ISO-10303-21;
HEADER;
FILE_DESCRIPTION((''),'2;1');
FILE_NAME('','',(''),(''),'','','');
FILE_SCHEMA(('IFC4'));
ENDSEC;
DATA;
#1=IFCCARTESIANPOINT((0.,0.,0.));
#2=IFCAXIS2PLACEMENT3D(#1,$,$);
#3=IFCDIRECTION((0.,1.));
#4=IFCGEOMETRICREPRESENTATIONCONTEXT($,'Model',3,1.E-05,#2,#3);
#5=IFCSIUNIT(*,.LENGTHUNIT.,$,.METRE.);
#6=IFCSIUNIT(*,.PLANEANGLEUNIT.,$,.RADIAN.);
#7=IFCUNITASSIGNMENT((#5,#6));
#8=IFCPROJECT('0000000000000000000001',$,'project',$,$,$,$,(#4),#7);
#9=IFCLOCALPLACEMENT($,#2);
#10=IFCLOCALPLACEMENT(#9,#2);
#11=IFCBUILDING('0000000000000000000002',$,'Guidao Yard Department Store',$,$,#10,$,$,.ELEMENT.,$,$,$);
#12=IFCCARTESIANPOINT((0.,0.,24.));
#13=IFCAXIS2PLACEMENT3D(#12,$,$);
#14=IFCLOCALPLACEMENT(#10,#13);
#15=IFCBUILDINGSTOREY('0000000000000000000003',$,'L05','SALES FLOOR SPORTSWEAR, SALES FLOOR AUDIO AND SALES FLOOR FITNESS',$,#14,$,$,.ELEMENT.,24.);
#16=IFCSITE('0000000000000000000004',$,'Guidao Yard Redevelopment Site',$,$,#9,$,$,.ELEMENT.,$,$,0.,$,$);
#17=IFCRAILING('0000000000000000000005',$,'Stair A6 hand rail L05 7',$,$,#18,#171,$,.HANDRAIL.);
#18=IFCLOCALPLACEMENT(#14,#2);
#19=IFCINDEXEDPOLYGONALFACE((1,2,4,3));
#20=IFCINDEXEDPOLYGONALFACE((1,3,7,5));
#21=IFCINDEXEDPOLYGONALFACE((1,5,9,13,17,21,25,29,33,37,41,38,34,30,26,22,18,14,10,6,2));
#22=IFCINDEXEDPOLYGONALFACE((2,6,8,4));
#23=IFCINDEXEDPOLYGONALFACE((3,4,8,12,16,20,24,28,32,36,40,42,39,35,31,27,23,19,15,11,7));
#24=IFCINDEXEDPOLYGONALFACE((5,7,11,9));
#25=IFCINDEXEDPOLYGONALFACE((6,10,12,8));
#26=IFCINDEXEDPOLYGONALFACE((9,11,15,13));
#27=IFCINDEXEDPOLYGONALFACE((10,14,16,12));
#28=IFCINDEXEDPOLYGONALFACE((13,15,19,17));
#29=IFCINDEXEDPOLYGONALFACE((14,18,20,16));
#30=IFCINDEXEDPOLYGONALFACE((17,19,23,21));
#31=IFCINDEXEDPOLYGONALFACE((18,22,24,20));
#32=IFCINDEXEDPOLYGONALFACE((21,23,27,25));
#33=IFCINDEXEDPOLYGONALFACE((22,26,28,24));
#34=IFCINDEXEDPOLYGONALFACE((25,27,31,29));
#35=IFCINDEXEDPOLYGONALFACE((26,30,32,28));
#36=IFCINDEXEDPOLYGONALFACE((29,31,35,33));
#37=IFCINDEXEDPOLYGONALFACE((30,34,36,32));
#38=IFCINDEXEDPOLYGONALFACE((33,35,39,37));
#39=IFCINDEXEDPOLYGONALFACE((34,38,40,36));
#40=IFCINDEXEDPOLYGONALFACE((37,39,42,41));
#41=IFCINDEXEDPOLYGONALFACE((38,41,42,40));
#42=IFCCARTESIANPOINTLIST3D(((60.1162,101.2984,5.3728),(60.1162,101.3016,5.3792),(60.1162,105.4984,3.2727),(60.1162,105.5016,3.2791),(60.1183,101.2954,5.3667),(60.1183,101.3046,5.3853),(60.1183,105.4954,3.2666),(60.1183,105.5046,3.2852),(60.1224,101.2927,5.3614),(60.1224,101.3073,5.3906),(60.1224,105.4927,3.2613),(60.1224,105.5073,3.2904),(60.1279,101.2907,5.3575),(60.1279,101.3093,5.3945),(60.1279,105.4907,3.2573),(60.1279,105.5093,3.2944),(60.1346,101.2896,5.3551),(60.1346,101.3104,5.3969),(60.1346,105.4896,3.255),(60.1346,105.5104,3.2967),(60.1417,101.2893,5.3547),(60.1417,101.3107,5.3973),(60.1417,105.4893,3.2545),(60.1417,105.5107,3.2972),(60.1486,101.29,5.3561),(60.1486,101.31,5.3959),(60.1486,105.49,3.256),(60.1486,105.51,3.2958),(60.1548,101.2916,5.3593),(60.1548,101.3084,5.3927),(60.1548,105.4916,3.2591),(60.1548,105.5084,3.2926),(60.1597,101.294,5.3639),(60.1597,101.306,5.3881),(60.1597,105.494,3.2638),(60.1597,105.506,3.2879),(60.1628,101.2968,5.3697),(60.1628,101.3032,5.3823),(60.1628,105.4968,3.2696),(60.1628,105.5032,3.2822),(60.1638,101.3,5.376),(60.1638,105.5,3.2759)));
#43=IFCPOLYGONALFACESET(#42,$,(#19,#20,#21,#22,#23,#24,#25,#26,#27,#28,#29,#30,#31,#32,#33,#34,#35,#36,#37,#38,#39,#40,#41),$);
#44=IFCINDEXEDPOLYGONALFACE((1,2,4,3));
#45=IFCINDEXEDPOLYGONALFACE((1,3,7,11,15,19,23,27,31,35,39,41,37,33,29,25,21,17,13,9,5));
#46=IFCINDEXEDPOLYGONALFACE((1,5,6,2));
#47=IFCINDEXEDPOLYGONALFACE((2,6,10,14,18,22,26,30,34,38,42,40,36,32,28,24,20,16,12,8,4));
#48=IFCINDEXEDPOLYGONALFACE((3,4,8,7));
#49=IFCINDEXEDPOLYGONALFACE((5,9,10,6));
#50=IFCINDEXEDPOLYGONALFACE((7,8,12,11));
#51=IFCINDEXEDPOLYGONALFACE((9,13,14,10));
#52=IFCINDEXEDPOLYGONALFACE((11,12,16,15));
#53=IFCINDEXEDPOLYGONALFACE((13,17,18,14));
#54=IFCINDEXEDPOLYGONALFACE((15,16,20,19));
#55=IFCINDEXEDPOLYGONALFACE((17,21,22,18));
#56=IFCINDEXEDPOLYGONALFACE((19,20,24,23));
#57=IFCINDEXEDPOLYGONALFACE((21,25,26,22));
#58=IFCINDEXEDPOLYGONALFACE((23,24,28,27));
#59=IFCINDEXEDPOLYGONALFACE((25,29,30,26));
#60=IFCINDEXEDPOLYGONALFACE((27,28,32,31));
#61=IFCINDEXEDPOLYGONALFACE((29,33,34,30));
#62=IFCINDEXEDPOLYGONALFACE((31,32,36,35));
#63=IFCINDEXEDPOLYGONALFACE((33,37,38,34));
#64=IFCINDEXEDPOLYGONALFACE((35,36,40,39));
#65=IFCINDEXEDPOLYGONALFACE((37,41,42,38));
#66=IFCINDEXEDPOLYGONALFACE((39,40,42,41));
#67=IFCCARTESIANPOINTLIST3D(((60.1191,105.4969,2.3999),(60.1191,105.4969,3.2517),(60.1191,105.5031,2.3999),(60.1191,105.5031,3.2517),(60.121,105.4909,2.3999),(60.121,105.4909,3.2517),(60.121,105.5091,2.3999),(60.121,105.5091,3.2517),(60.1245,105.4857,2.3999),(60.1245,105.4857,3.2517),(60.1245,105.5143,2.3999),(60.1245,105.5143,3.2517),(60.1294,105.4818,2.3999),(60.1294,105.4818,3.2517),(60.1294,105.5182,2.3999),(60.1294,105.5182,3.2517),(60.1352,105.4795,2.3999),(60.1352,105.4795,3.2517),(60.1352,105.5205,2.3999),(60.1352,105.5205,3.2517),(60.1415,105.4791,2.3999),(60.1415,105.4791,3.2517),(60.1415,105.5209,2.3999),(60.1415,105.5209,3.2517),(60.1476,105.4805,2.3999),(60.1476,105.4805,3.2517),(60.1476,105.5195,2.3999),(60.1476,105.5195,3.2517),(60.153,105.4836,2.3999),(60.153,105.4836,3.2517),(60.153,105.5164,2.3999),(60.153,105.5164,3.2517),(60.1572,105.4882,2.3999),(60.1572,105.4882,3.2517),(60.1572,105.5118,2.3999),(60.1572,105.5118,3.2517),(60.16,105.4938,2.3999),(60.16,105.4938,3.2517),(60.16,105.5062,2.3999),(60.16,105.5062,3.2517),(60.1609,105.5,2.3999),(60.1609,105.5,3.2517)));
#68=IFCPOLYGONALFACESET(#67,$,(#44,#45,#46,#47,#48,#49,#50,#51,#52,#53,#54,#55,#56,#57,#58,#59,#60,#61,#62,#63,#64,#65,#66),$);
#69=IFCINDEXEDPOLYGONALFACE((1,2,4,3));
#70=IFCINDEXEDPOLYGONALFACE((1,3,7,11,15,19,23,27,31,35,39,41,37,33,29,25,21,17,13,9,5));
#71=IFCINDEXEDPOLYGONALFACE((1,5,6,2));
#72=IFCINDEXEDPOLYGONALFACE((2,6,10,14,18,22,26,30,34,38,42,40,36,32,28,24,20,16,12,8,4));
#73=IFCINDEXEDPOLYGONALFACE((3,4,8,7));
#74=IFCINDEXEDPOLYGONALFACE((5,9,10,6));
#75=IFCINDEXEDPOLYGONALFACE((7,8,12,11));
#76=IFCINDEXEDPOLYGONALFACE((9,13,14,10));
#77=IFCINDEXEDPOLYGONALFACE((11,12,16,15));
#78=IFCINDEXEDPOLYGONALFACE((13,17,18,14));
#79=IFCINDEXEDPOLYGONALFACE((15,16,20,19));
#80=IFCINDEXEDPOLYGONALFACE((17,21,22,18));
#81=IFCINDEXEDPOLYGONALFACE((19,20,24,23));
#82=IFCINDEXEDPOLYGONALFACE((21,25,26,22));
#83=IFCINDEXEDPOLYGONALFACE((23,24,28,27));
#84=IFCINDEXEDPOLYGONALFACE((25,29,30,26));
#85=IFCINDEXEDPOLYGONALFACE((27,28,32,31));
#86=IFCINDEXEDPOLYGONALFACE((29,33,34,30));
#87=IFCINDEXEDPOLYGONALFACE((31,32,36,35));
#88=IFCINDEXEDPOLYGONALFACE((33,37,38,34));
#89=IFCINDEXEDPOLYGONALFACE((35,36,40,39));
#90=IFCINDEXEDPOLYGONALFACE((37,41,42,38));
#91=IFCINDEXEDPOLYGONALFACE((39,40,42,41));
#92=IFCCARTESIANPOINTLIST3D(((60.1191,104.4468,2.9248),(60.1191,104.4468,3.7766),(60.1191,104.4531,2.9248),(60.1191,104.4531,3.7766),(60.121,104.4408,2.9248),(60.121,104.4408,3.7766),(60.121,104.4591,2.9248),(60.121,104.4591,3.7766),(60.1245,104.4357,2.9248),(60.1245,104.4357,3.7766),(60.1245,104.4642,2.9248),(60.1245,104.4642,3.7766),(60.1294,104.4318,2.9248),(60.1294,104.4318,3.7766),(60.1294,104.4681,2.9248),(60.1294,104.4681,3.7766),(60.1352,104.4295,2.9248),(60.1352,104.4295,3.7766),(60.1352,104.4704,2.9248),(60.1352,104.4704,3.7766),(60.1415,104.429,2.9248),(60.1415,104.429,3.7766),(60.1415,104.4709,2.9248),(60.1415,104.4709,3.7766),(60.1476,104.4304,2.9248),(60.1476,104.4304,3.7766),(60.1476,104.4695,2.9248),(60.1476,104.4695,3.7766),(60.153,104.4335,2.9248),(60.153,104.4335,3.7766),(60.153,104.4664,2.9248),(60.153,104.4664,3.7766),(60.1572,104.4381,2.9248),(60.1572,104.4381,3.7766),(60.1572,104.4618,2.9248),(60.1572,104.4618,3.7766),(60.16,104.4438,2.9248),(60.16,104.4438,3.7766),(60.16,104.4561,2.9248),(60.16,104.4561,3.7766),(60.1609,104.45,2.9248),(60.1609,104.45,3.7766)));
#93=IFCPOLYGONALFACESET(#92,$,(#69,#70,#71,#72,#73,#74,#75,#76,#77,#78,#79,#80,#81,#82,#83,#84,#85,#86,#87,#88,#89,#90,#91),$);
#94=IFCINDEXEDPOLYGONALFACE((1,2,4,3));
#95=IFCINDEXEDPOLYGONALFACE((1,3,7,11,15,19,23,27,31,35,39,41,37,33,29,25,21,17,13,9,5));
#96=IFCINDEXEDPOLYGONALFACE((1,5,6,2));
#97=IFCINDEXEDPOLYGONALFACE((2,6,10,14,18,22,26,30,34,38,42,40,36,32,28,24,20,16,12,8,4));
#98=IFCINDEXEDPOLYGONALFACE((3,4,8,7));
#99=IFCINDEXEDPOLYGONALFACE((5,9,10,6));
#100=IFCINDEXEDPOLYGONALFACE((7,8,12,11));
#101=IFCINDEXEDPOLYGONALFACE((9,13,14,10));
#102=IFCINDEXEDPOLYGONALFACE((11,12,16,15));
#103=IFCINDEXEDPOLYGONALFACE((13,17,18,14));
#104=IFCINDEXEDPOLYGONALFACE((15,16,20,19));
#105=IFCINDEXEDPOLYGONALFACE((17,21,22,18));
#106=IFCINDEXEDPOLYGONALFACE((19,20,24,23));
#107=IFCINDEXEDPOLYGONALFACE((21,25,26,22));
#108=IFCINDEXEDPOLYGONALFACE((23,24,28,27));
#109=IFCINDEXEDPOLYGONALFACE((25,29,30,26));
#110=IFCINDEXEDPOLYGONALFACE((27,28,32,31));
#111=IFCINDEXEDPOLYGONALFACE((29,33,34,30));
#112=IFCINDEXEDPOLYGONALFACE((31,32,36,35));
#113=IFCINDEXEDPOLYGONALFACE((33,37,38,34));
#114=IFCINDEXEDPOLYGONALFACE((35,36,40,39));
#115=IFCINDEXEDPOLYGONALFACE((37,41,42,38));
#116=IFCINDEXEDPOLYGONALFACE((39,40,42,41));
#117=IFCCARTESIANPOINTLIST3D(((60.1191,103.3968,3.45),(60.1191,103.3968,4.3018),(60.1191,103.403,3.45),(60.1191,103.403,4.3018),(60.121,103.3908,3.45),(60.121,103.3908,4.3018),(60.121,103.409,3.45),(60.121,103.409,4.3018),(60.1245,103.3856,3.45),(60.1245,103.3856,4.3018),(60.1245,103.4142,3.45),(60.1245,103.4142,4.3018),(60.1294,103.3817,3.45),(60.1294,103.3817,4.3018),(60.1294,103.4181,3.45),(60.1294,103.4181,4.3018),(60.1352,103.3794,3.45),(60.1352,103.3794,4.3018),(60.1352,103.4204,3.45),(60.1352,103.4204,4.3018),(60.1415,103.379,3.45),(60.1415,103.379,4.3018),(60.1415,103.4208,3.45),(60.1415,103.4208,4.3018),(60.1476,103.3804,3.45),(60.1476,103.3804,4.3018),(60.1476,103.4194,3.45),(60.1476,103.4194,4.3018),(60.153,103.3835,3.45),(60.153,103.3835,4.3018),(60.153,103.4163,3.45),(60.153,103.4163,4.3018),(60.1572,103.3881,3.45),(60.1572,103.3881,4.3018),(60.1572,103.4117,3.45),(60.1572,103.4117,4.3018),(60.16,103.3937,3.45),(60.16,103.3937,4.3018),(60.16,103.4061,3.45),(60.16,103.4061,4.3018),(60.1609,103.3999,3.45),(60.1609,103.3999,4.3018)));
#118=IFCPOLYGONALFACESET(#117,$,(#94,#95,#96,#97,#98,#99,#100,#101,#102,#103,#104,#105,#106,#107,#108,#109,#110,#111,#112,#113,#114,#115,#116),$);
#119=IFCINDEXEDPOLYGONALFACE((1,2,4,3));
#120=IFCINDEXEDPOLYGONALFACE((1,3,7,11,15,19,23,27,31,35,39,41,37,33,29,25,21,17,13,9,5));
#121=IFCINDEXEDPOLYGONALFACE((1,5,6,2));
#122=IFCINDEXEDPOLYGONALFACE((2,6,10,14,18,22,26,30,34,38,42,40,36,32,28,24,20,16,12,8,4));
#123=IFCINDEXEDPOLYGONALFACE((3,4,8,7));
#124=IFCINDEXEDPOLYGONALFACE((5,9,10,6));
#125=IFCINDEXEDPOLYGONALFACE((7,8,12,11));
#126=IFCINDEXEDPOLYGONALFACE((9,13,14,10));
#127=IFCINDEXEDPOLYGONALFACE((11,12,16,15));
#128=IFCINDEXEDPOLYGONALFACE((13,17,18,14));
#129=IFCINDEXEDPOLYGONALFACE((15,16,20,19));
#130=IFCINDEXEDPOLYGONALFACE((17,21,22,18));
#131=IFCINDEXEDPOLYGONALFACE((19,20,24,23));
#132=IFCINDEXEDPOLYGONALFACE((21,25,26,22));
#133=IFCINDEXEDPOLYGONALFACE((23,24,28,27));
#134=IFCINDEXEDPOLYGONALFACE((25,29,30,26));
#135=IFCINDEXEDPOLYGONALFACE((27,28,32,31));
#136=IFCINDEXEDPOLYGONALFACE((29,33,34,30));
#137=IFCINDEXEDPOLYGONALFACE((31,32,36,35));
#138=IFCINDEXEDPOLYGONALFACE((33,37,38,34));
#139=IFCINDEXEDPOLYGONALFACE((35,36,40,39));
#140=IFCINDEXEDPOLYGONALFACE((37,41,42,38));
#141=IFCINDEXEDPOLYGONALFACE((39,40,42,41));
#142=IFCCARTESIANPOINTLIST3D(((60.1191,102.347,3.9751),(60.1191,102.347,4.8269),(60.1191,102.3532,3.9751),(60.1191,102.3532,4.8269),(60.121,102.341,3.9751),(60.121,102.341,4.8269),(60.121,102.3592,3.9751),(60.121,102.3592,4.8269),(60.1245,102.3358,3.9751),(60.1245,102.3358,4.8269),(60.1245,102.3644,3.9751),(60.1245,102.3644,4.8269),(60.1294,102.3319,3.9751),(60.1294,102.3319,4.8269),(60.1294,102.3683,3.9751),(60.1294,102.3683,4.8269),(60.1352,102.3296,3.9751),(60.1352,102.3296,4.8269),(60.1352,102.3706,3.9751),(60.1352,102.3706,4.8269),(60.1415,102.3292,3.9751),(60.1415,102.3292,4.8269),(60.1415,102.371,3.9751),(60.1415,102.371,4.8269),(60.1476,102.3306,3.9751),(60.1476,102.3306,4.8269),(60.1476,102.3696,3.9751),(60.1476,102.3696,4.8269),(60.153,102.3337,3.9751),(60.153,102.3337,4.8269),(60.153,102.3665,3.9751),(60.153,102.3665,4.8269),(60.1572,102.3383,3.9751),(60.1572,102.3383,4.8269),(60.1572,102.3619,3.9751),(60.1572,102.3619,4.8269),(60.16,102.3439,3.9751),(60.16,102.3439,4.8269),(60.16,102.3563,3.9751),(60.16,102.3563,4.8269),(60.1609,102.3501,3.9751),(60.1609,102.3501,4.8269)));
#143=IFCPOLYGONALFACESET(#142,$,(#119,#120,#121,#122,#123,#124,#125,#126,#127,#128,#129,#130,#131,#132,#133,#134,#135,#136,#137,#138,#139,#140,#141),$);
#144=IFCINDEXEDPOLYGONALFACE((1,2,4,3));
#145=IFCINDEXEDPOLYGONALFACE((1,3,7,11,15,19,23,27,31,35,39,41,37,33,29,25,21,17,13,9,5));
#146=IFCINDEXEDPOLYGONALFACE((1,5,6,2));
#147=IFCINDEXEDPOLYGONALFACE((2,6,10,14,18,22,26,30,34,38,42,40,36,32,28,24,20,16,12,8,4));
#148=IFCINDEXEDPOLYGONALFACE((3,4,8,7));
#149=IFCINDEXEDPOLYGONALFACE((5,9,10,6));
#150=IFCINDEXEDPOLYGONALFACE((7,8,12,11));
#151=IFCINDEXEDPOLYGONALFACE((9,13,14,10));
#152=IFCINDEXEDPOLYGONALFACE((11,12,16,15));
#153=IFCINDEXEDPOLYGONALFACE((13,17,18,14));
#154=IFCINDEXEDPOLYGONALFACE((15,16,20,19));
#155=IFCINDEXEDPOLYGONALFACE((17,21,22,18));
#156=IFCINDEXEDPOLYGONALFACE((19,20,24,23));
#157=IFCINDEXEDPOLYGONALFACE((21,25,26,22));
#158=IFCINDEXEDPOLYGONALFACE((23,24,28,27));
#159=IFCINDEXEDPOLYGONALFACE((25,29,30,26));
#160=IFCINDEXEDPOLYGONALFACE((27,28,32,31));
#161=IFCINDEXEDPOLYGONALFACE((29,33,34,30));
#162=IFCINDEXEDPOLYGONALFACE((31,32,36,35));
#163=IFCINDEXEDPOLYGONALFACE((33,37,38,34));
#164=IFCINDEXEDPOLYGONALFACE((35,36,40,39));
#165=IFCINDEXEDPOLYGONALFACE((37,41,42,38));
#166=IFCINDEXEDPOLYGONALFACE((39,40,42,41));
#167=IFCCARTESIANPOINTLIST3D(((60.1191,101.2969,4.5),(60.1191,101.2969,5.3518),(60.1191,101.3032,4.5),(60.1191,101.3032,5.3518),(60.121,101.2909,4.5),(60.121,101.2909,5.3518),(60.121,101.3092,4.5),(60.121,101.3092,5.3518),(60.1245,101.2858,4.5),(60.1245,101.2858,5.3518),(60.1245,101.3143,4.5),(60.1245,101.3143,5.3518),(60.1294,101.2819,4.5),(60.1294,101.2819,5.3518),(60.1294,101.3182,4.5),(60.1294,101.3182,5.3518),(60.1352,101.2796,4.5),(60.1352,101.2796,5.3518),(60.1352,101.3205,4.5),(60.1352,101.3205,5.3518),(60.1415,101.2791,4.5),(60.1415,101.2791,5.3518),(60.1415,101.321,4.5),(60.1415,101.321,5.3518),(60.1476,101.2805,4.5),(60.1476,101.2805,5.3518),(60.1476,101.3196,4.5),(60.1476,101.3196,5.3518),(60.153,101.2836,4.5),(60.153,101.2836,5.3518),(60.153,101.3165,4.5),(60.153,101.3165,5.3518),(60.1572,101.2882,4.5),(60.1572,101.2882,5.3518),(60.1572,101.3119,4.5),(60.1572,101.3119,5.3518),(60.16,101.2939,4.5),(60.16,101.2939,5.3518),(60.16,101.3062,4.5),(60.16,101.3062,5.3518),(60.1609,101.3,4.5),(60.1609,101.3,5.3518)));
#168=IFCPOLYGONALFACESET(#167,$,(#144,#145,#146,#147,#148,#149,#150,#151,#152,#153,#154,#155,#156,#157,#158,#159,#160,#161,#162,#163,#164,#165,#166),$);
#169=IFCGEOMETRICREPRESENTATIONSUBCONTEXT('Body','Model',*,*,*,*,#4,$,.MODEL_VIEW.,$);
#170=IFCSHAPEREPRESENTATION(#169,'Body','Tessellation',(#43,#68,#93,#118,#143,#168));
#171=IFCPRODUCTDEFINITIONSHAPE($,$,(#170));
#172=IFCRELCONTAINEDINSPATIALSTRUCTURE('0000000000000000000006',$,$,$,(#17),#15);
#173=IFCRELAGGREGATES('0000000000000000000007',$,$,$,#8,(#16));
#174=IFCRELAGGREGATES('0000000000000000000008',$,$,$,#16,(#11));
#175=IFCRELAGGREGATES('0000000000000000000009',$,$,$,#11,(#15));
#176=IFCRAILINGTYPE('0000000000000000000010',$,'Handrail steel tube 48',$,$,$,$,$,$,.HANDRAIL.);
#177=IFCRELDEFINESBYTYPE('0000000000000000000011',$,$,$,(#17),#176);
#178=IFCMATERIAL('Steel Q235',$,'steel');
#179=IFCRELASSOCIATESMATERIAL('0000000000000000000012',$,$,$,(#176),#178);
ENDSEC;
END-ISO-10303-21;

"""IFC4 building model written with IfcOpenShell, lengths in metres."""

from ifc_helpers import new_model, si_unit, direction, frame, origin, origin_2d, place, context, subcontext, project, spatial, circle, extrude, material, type_object, element, save


model = new_model("IFC4")

# Units and contexts
model_context = context("Model", 3, precision=1e-05, world=origin(), true_north=direction((0.0, 1.0)))
body_context = subcontext(model_context, "Body", "Model", "MODEL_VIEW")
ifc_project = project(units=[si_unit("LENGTHUNIT", "METRE"), si_unit("PLANEANGLEUNIT", "RADIAN")], contexts=[model_context])

# Site, building, storey
site_placement = place(None, origin())
site = spatial("IfcSite", under=ifc_project, at=site_placement, Name="Guidao Yard Redevelopment Site", CompositionType="ELEMENT", RefElevation=0.0)
building_placement = place(site_placement, origin())
building = spatial("IfcBuilding", under=site, at=building_placement, Name="Guidao Yard Department Store", CompositionType="ELEMENT")
storey_placement = place(building_placement, frame((0.0, 0.0, 24.0)))
storey = spatial("IfcBuildingStorey", under=building, at=storey_placement, Name="L05", Description="SALES FLOOR SPORTSWEAR, SALES FLOOR AUDIO AND SALES FLOOR FITNESS", CompositionType="ELEMENT", Elevation=24.0)

# Railing
ifc_material_1 = material(Name="Steel Q235", Category="steel")
railing_type_1 = type_object("IfcRailingType", Name="Handrail steel tube 48", PredefinedType="HANDRAIL", material=ifc_material_1)
for number, where, name in (
    (1, (60.1399, 105.5, 2.3999), "Stair A6 hand rail L05 7"),
):
    element("IfcRailing", number, at=place(storey_placement, frame(where)), inside=storey, type_object=railing_type_1, Name=name, PredefinedType="HANDRAIL", context=body_context, shape_type="SweptSolid", body=[
        extrude(circle(Radius=0.0239, at=origin_2d()), frame((0.0, 0.0, 0.876), z_axis=(0.0, -0.894417, 0.447234), x_axis=(1.0, 0.0, 0.0)), (0.0, 0.0, 1.0), 4.6958),
        extrude(circle(Radius=0.021, at=origin_2d()), origin(), (0.0, 0.0, 1.0), 0.8518),
        extrude(circle(Radius=0.021, at=origin_2d()), frame((0.0, -1.05, 0.5249)), (0.0, 0.0, 1.0), 0.8518),
        extrude(circle(Radius=0.021, at=origin_2d()), frame((0.0, -2.1001, 1.05)), (0.0, 0.0, 1.0), 0.8518),
        extrude(circle(Radius=0.021, at=origin_2d()), frame((0.0, -3.1499, 1.5752)), (0.0, 0.0, 1.0), 0.8518),
        extrude(circle(Radius=0.021, at=origin_2d()), frame((0.0, -4.2, 2.1001)), (0.0, 0.0, 1.0), 0.8518),
    ])

save(model, "model.ifc")
